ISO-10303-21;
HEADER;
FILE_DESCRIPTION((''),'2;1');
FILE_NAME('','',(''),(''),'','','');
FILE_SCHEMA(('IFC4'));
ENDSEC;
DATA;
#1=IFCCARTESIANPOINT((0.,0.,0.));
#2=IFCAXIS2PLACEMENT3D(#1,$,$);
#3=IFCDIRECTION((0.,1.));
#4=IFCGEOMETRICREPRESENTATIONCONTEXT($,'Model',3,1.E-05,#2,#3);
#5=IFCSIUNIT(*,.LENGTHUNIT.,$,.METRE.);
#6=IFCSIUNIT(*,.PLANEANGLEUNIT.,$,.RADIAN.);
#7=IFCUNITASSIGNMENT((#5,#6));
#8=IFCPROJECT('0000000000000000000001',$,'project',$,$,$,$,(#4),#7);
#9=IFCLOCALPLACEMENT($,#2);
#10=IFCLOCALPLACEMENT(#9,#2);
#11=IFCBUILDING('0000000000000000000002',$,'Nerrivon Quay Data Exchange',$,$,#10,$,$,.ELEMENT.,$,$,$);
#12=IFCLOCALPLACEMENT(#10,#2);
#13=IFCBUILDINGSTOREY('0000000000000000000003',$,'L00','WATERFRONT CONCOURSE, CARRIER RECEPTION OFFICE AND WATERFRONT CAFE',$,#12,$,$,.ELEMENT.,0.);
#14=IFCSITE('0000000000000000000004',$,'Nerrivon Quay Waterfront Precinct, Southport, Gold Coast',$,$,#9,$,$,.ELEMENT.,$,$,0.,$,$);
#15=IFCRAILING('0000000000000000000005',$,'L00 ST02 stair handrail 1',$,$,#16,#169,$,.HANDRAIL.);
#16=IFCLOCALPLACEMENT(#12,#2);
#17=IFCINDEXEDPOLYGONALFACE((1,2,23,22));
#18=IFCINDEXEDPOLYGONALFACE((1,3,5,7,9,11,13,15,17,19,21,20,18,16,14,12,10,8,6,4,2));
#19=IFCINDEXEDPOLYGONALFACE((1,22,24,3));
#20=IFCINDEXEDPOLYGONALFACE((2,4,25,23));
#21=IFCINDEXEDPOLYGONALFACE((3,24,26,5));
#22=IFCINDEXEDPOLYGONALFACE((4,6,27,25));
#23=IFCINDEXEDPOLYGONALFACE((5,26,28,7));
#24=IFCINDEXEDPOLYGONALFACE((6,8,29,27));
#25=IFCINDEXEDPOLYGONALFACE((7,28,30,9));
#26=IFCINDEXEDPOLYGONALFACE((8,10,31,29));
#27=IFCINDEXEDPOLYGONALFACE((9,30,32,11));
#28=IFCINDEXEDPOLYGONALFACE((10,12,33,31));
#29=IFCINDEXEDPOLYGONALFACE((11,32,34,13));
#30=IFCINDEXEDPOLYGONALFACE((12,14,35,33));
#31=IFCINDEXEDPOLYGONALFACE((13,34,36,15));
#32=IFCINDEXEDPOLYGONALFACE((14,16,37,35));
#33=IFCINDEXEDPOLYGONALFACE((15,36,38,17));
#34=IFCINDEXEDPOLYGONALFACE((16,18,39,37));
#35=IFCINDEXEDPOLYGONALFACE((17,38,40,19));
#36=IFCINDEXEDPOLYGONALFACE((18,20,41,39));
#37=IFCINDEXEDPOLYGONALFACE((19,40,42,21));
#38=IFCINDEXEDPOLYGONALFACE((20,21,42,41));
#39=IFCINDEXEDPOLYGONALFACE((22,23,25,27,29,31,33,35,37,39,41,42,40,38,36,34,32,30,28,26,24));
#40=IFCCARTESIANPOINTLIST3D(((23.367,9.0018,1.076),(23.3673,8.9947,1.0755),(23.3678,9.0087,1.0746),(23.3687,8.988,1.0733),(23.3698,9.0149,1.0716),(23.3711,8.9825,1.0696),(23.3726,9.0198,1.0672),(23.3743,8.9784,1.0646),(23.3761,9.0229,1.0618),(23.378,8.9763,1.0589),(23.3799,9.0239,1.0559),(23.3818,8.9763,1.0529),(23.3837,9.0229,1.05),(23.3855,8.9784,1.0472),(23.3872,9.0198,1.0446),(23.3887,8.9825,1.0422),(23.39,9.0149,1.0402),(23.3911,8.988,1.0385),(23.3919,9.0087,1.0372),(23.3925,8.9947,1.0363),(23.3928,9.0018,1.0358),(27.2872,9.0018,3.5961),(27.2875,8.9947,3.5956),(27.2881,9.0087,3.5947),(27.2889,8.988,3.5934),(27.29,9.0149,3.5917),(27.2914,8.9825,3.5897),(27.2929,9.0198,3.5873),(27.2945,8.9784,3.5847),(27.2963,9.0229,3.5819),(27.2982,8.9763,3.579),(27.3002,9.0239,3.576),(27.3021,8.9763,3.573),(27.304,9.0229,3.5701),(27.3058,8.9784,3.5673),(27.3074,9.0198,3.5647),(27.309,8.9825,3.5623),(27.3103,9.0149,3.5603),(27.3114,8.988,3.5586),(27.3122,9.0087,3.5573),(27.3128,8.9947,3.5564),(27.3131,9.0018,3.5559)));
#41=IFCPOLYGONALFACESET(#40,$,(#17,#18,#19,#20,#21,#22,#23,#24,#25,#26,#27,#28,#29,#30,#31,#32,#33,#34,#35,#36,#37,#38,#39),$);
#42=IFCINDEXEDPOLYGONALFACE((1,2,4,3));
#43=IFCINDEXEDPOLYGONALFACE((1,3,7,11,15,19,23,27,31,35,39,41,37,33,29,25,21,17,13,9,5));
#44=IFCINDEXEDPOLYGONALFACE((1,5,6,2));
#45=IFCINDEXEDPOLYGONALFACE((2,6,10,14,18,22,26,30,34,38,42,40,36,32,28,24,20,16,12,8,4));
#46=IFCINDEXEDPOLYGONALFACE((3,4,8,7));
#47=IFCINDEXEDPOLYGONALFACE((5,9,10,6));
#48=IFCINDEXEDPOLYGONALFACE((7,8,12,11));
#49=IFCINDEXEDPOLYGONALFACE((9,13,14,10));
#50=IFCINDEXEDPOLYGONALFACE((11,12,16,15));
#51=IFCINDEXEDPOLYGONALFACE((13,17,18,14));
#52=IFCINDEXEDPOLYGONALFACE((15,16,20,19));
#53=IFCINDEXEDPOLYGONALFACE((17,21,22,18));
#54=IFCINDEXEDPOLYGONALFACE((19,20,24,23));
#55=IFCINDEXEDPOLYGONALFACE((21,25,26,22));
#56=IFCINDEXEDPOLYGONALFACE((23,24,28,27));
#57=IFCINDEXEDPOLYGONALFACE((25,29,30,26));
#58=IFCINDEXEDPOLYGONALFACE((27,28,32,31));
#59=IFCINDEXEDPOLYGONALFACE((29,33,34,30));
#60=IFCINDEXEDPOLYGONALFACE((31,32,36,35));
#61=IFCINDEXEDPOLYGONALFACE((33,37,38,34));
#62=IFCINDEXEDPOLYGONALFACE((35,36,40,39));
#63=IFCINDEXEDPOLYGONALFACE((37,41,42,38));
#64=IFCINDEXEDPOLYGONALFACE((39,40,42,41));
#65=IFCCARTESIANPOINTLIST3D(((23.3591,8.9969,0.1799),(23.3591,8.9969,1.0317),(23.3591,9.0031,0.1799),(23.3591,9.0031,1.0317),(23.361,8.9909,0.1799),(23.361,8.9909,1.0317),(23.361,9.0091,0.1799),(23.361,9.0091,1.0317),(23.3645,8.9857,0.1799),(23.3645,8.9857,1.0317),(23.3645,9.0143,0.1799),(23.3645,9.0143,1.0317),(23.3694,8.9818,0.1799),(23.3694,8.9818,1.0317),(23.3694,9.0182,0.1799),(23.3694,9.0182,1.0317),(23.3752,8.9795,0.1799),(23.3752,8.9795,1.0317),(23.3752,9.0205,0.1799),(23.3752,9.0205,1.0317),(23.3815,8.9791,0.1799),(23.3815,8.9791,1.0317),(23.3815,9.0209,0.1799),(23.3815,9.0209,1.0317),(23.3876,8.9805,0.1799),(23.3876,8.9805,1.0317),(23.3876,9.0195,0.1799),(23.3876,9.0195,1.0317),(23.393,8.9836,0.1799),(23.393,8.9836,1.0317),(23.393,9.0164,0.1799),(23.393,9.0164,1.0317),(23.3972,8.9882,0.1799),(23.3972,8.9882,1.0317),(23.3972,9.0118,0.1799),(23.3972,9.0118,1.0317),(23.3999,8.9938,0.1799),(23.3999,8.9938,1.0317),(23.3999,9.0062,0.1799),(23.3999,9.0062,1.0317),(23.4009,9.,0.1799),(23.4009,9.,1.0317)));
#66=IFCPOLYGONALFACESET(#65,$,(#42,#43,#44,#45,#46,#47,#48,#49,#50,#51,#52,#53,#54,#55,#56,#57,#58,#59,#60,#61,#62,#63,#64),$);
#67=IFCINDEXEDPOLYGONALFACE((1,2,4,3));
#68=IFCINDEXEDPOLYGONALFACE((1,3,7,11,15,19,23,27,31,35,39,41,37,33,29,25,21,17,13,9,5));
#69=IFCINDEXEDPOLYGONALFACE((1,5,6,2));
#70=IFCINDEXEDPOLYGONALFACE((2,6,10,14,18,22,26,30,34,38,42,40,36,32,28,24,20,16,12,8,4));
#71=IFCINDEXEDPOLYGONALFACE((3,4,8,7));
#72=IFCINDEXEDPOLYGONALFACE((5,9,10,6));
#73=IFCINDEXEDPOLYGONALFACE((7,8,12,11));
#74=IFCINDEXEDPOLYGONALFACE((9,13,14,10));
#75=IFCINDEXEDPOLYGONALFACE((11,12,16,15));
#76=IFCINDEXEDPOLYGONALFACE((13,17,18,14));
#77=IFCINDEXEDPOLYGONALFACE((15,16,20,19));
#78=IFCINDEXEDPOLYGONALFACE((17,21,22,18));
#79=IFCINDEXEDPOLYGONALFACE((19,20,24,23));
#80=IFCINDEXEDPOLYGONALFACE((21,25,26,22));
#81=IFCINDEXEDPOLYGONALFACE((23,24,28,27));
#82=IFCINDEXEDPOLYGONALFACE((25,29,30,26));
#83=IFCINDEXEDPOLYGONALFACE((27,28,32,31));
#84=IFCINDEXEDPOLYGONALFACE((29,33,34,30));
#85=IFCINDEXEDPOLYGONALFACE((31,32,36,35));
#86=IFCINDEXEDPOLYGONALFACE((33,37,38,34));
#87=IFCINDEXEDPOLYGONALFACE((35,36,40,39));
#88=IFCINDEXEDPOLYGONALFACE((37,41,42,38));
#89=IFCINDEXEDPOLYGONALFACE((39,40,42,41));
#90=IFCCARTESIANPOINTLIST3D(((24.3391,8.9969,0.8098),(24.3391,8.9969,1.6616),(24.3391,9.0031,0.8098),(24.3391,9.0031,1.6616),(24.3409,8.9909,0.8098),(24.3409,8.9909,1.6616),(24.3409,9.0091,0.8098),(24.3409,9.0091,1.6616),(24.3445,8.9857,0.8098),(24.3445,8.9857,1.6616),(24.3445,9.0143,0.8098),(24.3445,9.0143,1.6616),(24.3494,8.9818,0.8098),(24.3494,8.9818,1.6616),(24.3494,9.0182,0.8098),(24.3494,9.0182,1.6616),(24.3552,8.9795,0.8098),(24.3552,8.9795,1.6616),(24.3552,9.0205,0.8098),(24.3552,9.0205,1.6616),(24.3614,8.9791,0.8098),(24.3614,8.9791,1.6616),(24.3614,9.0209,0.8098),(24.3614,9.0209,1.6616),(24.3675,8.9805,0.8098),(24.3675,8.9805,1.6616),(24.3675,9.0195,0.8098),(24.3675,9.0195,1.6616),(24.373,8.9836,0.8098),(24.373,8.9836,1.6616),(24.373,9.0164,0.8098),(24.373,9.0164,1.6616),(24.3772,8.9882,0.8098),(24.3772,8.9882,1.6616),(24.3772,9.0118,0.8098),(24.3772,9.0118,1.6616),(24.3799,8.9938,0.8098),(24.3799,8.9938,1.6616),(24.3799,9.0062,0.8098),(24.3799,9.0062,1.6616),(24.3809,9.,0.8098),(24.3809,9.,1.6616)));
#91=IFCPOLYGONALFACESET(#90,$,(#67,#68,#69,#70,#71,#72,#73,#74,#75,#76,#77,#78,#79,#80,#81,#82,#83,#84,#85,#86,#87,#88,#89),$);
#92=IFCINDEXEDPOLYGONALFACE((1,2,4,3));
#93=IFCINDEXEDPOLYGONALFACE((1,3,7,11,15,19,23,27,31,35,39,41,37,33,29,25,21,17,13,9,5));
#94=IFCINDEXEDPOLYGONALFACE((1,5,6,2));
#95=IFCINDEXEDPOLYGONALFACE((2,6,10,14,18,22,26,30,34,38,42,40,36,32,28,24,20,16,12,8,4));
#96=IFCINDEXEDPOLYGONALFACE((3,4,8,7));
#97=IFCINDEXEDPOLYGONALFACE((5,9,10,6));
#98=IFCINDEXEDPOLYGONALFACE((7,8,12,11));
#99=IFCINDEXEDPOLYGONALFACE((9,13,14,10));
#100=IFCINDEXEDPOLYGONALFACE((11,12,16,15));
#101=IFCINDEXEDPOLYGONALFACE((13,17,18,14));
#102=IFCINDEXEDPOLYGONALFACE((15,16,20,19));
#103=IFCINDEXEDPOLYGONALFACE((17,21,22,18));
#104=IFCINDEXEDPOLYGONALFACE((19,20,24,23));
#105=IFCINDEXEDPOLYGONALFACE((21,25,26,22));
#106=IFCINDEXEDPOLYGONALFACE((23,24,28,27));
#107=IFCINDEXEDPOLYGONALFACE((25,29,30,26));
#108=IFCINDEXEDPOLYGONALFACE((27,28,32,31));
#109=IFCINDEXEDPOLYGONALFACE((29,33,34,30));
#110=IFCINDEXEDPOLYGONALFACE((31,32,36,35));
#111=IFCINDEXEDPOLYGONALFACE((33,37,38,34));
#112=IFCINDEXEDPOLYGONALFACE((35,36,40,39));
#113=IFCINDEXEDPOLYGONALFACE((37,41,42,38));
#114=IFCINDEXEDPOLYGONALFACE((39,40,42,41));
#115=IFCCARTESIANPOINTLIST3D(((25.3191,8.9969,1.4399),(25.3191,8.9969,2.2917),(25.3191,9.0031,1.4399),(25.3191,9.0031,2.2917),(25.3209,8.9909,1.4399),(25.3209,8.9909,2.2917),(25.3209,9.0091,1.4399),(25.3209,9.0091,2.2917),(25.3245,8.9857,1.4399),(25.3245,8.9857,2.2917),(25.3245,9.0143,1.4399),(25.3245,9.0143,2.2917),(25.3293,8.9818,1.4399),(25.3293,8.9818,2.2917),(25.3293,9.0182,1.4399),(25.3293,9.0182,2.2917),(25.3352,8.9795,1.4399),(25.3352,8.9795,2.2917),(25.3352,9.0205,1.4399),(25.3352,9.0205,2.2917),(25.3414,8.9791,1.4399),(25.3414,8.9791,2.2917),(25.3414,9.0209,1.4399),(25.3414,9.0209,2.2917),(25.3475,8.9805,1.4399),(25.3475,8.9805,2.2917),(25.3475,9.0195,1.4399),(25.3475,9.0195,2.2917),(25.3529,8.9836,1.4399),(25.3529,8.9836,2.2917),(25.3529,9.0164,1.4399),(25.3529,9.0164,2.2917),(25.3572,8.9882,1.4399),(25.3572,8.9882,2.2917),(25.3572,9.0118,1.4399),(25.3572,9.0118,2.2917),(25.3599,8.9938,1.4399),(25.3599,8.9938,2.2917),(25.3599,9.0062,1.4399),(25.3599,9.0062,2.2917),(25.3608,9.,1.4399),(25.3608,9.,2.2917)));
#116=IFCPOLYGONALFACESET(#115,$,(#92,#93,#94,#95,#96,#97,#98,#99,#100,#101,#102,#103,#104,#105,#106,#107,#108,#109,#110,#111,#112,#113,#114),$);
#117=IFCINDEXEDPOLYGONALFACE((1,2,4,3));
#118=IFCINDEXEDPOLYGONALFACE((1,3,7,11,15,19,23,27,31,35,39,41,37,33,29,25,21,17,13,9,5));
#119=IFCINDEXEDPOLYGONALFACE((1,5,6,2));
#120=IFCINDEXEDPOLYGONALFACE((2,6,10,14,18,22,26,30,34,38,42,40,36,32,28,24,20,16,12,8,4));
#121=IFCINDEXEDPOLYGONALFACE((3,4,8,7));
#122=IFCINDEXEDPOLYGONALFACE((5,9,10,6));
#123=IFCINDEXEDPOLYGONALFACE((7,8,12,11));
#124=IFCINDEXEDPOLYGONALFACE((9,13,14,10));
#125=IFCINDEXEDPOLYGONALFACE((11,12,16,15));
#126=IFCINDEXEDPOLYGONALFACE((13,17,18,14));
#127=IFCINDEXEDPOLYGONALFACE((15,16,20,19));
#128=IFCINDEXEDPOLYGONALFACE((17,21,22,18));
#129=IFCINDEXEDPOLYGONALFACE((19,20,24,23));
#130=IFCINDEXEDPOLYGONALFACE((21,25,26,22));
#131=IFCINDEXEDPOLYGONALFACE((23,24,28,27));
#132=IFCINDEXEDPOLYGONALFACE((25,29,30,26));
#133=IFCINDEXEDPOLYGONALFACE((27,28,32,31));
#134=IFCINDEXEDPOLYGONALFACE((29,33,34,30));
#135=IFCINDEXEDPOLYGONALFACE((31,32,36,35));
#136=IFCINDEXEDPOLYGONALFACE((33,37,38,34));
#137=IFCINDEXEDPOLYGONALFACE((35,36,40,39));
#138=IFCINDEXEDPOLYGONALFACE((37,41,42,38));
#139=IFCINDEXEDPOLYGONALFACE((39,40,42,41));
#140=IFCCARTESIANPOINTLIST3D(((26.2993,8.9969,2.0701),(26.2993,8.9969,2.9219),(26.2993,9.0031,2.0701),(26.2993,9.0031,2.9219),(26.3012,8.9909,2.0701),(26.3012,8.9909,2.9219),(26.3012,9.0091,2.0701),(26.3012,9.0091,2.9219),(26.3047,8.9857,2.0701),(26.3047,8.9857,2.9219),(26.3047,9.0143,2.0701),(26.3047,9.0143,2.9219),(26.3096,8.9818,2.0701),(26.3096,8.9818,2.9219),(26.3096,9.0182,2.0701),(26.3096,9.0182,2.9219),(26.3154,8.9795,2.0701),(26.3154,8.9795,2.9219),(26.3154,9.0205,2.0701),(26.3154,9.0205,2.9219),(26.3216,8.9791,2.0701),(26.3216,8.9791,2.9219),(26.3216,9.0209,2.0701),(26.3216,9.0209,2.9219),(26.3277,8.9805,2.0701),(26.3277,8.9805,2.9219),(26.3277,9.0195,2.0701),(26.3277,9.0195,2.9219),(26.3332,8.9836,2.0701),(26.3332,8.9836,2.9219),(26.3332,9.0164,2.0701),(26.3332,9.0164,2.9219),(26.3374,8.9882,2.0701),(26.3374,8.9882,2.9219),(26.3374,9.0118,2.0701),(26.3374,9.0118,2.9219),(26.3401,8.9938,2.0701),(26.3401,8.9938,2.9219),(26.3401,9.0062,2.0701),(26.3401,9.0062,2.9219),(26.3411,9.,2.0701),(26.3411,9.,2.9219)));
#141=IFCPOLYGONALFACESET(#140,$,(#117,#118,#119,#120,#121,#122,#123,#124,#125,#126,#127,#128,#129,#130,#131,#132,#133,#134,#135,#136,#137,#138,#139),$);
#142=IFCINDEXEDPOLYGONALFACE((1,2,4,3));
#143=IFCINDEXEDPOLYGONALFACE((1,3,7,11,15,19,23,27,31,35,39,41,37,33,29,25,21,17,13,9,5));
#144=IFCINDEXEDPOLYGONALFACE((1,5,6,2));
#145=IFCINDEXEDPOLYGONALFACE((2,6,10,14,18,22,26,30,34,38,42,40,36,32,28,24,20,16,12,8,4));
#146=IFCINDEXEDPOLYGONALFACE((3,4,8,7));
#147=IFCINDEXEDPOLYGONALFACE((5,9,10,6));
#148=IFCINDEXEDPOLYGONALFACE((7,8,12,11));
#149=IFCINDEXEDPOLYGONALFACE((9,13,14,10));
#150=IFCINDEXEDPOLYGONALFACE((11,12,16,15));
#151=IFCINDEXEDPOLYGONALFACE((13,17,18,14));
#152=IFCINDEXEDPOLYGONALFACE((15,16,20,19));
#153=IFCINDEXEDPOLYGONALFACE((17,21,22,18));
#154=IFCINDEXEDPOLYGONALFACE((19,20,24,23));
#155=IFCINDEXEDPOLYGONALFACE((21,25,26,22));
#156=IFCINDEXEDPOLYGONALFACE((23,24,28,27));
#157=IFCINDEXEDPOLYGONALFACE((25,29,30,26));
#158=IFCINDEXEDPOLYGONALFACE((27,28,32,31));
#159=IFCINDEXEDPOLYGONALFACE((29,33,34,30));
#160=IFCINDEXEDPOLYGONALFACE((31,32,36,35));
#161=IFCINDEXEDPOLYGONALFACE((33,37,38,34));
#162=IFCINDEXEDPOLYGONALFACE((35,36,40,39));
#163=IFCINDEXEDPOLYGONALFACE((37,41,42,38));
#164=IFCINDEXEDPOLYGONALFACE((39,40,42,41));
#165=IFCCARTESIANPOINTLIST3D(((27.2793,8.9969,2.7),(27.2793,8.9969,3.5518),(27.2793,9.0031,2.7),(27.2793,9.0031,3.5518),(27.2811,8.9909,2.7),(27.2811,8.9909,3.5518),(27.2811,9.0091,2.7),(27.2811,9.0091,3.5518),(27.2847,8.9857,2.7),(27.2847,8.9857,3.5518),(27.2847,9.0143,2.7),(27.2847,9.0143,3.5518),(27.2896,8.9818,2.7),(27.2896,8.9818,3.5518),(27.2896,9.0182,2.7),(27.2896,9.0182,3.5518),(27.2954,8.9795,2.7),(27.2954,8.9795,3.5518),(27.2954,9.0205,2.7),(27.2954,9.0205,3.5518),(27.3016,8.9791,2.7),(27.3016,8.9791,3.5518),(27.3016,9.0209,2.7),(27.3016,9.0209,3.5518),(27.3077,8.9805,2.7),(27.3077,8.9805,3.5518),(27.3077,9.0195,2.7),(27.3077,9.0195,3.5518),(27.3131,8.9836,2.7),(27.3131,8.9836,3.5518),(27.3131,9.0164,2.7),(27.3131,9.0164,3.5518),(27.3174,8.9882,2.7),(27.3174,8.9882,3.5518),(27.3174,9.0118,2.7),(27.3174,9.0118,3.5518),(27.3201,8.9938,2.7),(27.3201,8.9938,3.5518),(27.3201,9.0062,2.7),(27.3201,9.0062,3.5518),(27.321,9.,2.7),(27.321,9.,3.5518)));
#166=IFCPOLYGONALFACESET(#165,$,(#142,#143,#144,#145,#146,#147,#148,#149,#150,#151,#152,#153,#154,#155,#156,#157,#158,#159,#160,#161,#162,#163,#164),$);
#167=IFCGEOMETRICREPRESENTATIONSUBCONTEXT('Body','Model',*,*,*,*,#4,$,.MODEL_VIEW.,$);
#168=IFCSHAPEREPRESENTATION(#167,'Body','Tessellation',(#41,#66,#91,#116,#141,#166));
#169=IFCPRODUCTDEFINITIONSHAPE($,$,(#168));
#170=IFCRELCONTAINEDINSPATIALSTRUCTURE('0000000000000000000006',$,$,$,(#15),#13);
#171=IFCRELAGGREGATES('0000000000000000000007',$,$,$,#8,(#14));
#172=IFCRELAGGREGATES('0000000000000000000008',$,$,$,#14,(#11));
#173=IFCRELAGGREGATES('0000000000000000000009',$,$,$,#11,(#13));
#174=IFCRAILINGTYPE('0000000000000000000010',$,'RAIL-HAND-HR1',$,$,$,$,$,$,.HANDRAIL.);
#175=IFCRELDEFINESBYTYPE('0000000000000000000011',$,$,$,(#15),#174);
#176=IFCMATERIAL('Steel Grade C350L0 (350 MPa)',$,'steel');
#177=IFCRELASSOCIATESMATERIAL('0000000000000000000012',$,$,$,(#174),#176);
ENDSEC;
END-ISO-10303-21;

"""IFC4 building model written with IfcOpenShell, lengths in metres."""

from ifc_helpers import new_model, si_unit, direction, frame, origin, origin_2d, place, context, subcontext, project, spatial, circle, extrude, material, type_object, element, save


model = new_model("IFC4")

# Units and contexts
model_context = context("Model", 3, precision=1e-05, world=origin(), true_north=direction((0.0, 1.0)))
body_context = subcontext(model_context, "Body", "Model", "MODEL_VIEW")
ifc_project = project(units=[si_unit("LENGTHUNIT", "METRE"), si_unit("PLANEANGLEUNIT", "RADIAN")], contexts=[model_context])

# Site, building, storey
site_placement = place(None, origin())
site = spatial("IfcSite", under=ifc_project, at=site_placement, Name="Nerrivon Quay Waterfront Precinct, Southport, Gold Coast", CompositionType="ELEMENT", RefElevation=0.0)
building_placement = place(site_placement, origin())
building = spatial("IfcBuilding", under=site, at=building_placement, Name="Nerrivon Quay Data Exchange", CompositionType="ELEMENT")
storey_placement = place(building_placement, origin())
storey = spatial("IfcBuildingStorey", under=building, at=storey_placement, Name="L00", Description="WATERFRONT CONCOURSE, CARRIER RECEPTION OFFICE AND WATERFRONT CAFE", CompositionType="ELEMENT", Elevation=0.0)

# Railing
ifc_material_1 = material(Name="Steel Grade C350L0 (350 MPa)", Category="steel")
railing_type = type_object("IfcRailingType", Name="RAIL-HAND-HR1", PredefinedType="HANDRAIL", material=ifc_material_1)
railing_placement = place(storey_placement, frame((23.3799, 9.0, 0.1799)))
element("IfcRailing", 1, at=railing_placement, inside=storey, type_object=railing_type, Name="L00 ST02 stair handrail 1", PredefinedType="HANDRAIL", context=body_context, shape_type="SweptSolid", body=[
    extrude(circle(Radius=0.0239, at=origin_2d()), frame((0.0, 0.0, 0.876), z_axis=(0.841187, 0.0, 0.540744), x_axis=(0.0, 1.0, 0.0)), (0.0, 0.0, 1.0), 4.6604),
    extrude(circle(Radius=0.021, at=origin_2d()), origin(), (0.0, 0.0, 1.0), 0.8518),
    extrude(circle(Radius=0.021, at=origin_2d()), frame((0.98, 0.0, 0.6299)), (0.0, 0.0, 1.0), 0.8518),
    extrude(circle(Radius=0.021, at=origin_2d()), frame((1.96, 0.0, 1.26)), (0.0, 0.0, 1.0), 0.8518),
    extrude(circle(Radius=0.021, at=origin_2d()), frame((2.9402, 0.0, 1.8901)), (0.0, 0.0, 1.0), 0.8518),
    extrude(circle(Radius=0.021, at=origin_2d()), frame((3.9202, 0.0, 2.52)), (0.0, 0.0, 1.0), 0.8518),
])

save(model, "model.ifc")
